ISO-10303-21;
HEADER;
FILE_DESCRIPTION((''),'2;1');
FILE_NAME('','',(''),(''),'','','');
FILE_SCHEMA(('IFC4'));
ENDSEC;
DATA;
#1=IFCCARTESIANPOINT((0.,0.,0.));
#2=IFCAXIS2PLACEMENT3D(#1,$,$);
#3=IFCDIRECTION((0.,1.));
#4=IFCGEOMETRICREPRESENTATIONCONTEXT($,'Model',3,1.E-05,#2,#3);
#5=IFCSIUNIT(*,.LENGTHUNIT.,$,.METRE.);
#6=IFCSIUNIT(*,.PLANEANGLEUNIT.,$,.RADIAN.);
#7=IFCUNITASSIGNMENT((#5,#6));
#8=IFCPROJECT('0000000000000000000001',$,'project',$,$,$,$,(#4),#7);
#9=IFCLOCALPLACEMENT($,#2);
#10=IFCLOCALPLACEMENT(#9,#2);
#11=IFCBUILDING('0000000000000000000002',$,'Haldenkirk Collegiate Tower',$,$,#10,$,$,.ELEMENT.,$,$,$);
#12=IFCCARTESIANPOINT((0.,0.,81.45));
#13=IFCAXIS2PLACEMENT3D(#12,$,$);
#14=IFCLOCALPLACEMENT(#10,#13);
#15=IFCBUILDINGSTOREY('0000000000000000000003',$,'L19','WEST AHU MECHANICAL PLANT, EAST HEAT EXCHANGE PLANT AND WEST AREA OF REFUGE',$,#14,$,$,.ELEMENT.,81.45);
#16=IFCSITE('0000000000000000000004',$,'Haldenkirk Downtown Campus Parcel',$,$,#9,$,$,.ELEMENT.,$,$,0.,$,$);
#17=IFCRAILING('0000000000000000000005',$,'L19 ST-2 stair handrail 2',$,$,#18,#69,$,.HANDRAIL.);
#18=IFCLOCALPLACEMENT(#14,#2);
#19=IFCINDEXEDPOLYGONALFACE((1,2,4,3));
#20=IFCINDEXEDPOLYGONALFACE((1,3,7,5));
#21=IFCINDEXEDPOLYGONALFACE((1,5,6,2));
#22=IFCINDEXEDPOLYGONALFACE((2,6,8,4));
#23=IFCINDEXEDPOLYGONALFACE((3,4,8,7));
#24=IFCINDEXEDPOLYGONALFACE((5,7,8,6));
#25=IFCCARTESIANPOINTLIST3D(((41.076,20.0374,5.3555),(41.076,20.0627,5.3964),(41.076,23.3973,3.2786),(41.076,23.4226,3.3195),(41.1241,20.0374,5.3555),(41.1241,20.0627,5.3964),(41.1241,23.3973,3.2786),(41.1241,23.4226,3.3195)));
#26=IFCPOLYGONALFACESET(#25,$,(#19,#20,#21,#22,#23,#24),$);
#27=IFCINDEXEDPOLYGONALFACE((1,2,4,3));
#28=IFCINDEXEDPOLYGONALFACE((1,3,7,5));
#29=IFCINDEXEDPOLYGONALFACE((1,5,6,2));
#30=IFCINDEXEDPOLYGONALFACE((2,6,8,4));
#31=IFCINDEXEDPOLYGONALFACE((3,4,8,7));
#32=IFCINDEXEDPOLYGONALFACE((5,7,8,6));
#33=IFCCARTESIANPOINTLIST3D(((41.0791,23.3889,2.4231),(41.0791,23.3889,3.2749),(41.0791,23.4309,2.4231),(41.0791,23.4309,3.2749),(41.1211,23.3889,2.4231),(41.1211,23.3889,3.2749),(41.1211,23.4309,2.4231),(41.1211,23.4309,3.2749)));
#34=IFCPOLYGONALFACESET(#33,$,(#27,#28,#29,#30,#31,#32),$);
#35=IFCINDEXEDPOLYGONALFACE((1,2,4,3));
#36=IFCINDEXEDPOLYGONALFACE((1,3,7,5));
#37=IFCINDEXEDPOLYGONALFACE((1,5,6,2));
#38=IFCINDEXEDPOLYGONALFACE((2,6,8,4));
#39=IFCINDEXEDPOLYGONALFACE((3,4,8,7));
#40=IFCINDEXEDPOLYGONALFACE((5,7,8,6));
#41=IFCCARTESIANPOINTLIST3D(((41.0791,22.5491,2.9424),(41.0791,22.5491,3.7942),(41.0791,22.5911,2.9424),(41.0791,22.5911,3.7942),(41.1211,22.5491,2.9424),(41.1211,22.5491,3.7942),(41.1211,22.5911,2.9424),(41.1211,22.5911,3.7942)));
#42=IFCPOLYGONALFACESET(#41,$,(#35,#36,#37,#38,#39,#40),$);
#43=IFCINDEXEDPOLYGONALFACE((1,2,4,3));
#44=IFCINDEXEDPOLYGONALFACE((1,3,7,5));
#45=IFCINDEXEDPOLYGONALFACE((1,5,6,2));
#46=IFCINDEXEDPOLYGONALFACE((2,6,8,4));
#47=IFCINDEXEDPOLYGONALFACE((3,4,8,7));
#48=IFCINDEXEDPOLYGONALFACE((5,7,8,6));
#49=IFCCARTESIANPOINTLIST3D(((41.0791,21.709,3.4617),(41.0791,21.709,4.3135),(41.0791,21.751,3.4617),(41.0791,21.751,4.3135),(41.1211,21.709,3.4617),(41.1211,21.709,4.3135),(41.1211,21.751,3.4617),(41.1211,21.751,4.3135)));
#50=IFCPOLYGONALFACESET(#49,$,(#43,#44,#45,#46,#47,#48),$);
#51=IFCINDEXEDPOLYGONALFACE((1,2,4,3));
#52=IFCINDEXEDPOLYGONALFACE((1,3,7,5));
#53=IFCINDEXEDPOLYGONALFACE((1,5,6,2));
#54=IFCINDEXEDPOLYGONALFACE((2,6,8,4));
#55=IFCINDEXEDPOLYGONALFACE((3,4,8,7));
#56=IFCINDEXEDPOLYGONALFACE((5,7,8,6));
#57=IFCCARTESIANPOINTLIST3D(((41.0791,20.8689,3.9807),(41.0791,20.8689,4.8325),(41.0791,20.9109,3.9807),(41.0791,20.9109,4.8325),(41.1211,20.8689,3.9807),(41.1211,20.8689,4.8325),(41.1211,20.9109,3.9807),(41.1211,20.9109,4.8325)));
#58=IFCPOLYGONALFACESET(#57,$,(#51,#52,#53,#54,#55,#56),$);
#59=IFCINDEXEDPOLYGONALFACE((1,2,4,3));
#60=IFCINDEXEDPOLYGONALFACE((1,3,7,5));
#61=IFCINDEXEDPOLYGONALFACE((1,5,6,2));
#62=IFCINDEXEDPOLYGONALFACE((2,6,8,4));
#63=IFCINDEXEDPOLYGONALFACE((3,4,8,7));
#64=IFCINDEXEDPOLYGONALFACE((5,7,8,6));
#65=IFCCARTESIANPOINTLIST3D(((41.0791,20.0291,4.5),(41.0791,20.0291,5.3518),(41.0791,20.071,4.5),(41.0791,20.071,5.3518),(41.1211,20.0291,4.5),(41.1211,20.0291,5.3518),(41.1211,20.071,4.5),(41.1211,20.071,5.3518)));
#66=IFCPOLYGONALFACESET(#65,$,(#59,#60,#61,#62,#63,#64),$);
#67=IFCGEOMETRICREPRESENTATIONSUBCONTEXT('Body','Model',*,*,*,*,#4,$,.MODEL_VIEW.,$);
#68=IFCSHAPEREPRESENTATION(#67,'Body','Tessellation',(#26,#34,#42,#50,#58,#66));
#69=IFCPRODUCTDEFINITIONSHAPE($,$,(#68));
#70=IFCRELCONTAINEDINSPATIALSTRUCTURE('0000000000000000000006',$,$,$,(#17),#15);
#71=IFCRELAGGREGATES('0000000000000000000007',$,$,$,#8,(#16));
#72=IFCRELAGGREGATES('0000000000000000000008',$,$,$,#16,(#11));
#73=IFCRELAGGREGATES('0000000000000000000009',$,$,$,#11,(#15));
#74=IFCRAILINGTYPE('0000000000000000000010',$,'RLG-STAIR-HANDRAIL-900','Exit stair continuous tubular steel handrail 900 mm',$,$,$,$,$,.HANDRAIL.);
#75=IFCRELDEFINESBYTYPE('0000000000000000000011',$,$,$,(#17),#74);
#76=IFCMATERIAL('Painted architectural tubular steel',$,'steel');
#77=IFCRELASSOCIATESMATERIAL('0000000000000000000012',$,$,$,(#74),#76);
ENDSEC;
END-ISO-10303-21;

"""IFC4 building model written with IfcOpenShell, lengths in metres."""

from ifc_helpers import new_model, si_unit, direction, frame, origin, origin_2d, place, context, subcontext, project, spatial, rectangle, extrude, material, type_object, element, save


model = new_model("IFC4")

# Units and contexts
model_context = context("Model", 3, precision=1e-05, world=origin(), true_north=direction((0.0, 1.0)))
body_context = subcontext(model_context, "Body", "Model", "MODEL_VIEW")
ifc_project = project(units=[si_unit("LENGTHUNIT", "METRE"), si_unit("PLANEANGLEUNIT", "RADIAN")], contexts=[model_context])

# Site, building, storey
site_placement = place(None, origin())
site = spatial("IfcSite", under=ifc_project, at=site_placement, Name="Haldenkirk Downtown Campus Parcel", CompositionType="ELEMENT", RefElevation=0.0)
building_placement = place(site_placement, origin())
building = spatial("IfcBuilding", under=site, at=building_placement, Name="Haldenkirk Collegiate Tower", CompositionType="ELEMENT")
storey_placement = place(building_placement, frame((0.0, 0.0, 81.45)))
storey = spatial("IfcBuildingStorey", under=building, at=storey_placement, Name="L19", Description="WEST AHU MECHANICAL PLANT, EAST HEAT EXCHANGE PLANT AND WEST AREA OF REFUGE", CompositionType="ELEMENT", Elevation=81.45)

# Railing
ifc_material_1 = material(Name="Painted architectural tubular steel", Category="steel")
railing_type_1 = type_object("IfcRailingType", Name="RLG-STAIR-HANDRAIL-900", Description="Exit stair continuous tubular steel handrail 900 mm", PredefinedType="HANDRAIL", material=ifc_material_1)
railing_1_placement = place(storey_placement, frame((41.1001, 23.4099, 2.4231)))
element("IfcRailing", 1, at=railing_1_placement, inside=storey, type_object=railing_type_1, Name="L19 ST-2 stair handrail 2", PredefinedType="HANDRAIL", context=body_context, shape_type="SweptSolid", body=[
    extrude(rectangle(XDim=0.0481, YDim=0.0481, at=origin_2d()), frame((0.0, 0.0, 0.876), z_axis=(0.0, -0.850606, 0.525803), x_axis=(1.0, 0.0, 0.0)), (0.0, 0.0, 1.0), 3.95),
    extrude(rectangle(XDim=0.042, YDim=0.042, at=origin_2d()), origin(), (0.0, 0.0, 1.0), 0.8518),
    extrude(rectangle(XDim=0.042, YDim=0.042, at=origin_2d()), frame((0.0, -0.8398, 0.5193)), (0.0, 0.0, 1.0), 0.8518),
    extrude(rectangle(XDim=0.042, YDim=0.042, at=origin_2d()), frame((0.0, -1.6799, 1.0386)), (0.0, 0.0, 1.0), 0.8518),
    extrude(rectangle(XDim=0.042, YDim=0.042, at=origin_2d()), frame((0.0, -2.52, 1.5576)), (0.0, 0.0, 1.0), 0.8518),
    extrude(rectangle(XDim=0.042, YDim=0.042, at=origin_2d()), frame((0.0, -3.3599, 2.0769)), (0.0, 0.0, 1.0), 0.8518),
])

save(model, "model.ifc")
